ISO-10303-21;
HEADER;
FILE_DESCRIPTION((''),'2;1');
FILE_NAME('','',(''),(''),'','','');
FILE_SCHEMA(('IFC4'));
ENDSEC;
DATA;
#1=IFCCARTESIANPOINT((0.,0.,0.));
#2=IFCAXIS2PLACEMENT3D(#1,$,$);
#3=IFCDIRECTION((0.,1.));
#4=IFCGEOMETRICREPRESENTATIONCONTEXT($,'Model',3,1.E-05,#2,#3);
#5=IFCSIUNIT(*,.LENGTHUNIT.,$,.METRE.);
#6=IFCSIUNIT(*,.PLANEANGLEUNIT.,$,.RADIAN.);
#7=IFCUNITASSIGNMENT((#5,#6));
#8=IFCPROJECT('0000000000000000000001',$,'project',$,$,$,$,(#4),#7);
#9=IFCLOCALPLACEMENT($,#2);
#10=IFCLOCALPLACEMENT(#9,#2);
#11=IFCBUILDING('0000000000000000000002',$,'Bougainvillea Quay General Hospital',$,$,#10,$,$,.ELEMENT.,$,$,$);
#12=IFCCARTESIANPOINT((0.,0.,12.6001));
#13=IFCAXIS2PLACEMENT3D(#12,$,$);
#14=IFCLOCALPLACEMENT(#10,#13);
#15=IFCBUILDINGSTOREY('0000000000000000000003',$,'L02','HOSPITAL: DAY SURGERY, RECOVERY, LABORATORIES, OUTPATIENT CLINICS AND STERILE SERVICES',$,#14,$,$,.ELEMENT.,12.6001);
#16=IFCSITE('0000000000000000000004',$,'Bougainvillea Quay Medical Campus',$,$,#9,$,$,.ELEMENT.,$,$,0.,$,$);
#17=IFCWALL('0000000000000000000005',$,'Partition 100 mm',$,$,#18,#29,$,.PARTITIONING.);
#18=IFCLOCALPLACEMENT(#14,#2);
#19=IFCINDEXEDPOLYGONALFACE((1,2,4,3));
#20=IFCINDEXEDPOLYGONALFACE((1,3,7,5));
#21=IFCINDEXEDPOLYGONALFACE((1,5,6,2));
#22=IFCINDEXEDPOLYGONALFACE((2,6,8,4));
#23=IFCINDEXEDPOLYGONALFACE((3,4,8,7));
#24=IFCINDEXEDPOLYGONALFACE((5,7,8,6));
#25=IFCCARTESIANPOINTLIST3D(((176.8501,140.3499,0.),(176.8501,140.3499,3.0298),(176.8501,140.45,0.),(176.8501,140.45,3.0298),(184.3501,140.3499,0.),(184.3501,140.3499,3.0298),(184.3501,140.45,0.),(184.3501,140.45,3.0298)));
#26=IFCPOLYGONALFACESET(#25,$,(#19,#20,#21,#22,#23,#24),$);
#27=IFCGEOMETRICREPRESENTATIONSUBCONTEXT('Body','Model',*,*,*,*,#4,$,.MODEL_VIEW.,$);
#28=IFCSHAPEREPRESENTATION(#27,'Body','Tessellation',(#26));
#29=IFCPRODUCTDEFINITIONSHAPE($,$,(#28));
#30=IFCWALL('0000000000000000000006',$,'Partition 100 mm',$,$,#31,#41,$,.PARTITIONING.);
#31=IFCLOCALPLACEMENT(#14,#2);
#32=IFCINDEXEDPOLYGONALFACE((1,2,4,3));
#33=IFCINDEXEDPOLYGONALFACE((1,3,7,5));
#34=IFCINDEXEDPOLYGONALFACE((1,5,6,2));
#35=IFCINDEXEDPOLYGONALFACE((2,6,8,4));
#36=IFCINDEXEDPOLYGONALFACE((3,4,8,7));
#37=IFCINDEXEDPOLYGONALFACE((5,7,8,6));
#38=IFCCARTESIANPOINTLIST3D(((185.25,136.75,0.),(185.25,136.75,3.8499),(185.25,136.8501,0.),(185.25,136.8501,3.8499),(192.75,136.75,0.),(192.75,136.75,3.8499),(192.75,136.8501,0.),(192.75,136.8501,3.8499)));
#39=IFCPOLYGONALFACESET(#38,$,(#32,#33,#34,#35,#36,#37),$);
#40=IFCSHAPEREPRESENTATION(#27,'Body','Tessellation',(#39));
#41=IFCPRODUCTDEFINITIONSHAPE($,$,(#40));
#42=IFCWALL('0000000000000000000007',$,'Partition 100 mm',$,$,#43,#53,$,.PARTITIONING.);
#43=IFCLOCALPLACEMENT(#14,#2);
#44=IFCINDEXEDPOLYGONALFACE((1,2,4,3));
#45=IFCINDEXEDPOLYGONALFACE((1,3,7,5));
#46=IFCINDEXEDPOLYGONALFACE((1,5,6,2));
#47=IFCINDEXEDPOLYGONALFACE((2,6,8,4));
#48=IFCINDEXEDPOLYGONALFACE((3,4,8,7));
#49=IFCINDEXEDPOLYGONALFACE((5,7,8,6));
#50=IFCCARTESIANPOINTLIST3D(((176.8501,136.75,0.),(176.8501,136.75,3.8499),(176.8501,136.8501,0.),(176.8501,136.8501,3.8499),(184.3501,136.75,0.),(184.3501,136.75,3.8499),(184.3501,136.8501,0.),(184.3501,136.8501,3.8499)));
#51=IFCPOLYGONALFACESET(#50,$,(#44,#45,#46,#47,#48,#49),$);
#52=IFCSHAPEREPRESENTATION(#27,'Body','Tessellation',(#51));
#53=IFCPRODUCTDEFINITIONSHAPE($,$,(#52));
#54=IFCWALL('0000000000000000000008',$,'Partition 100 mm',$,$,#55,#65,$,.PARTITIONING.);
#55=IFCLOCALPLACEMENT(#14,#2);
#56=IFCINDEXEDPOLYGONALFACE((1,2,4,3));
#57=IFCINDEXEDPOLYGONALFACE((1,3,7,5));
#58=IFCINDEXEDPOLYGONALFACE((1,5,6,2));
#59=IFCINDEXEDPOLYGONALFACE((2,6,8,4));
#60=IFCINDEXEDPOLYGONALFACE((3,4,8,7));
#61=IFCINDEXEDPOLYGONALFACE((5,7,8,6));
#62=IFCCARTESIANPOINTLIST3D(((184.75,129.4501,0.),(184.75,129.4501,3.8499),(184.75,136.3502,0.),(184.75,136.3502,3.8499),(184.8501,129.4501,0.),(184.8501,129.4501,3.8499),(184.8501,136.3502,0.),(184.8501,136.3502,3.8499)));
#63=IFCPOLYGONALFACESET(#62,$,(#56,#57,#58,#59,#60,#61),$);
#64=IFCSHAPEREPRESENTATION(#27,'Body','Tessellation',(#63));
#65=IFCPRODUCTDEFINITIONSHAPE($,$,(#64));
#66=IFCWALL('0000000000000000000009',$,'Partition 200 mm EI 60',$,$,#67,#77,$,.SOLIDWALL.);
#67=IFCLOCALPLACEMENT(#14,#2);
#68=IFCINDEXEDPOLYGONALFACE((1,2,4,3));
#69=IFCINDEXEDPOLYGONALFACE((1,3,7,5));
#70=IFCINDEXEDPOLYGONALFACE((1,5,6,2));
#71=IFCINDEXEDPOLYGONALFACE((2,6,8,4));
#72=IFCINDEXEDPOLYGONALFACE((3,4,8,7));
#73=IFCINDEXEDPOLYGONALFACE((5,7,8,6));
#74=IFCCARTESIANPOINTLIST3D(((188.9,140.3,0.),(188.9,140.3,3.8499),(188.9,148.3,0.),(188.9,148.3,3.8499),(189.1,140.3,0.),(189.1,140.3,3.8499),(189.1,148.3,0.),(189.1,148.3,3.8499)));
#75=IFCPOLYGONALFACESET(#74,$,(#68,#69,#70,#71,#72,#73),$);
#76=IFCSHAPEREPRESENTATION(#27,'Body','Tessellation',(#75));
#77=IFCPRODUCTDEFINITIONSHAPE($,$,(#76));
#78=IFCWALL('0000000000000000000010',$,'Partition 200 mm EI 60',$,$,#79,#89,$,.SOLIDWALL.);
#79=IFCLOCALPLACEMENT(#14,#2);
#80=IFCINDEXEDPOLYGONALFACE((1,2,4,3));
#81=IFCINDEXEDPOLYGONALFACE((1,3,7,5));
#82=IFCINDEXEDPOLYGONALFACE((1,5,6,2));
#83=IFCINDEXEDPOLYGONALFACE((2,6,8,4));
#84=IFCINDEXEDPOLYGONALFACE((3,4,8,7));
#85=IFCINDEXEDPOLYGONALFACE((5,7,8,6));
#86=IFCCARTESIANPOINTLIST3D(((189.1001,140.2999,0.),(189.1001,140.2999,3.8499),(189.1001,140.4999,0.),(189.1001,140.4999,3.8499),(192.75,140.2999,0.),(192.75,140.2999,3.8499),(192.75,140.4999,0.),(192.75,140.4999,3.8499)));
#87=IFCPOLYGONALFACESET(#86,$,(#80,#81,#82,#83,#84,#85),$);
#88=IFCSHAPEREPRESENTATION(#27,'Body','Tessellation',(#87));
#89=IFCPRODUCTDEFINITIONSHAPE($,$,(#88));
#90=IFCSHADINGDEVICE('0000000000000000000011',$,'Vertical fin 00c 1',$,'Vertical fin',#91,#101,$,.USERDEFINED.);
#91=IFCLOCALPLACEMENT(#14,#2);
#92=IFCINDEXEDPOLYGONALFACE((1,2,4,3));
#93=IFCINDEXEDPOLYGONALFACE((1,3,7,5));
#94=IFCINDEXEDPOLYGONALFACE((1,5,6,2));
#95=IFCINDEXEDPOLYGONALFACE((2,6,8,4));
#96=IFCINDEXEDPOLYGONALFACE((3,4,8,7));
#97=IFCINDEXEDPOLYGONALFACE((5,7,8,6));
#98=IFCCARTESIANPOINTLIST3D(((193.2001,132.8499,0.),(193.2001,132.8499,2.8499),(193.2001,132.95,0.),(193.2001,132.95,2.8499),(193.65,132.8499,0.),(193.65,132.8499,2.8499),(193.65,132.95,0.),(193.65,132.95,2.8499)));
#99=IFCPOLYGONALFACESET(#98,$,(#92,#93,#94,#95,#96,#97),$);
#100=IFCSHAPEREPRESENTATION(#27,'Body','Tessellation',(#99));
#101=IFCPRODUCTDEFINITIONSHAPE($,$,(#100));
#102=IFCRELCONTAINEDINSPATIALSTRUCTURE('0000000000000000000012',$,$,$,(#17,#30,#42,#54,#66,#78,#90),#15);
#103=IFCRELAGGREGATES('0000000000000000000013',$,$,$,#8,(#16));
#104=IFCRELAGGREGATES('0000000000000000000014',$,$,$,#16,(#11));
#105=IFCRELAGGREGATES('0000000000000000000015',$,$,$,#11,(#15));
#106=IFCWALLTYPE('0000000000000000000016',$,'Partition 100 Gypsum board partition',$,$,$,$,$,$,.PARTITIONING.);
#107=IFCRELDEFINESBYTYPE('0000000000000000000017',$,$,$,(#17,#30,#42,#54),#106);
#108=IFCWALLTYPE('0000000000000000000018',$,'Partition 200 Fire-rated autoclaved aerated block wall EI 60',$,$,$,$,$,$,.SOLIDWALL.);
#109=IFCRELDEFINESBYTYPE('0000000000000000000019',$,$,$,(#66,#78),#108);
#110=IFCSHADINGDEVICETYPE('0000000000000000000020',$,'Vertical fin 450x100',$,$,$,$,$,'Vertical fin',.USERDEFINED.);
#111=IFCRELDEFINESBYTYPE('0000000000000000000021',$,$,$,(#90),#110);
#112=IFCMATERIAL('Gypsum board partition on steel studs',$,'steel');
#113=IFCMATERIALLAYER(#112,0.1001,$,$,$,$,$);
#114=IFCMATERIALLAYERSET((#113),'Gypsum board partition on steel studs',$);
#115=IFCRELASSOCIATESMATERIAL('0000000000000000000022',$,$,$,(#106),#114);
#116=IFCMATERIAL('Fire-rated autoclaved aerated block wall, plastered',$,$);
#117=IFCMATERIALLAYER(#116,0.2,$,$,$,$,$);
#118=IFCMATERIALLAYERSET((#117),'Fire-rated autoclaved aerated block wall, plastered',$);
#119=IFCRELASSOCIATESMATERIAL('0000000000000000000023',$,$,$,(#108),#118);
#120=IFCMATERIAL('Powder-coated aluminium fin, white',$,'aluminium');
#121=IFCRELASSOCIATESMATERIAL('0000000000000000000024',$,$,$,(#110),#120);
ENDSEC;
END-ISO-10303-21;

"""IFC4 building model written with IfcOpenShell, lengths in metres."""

from ifc_helpers import new_model, si_unit, direction, frame, frame_2d, origin, origin_2d, place, context, subcontext, project, spatial, rectangle, extrude, material, layer, layer_set, material_profile, profile_set, type_object, element, save


model = new_model("IFC4")

# Units and contexts
model_context = context("Model", 3, precision=1e-05, world=origin(), true_north=direction((0.0, 1.0)))
body_context = subcontext(model_context, "Body", "Model", "MODEL_VIEW")
ifc_project = project(units=[si_unit("LENGTHUNIT", "METRE"), si_unit("PLANEANGLEUNIT", "RADIAN")], contexts=[model_context])

# Site, building, storey
site_placement = place(None, origin())
site = spatial("IfcSite", under=ifc_project, at=site_placement, Name="Bougainvillea Quay Medical Campus", CompositionType="ELEMENT", RefElevation=0.0)
building_placement = place(site_placement, origin())
building = spatial("IfcBuilding", under=site, at=building_placement, Name="Bougainvillea Quay General Hospital", CompositionType="ELEMENT")
storey_placement = place(building_placement, frame((0.0, 0.0, 12.6001)))
storey = spatial("IfcBuildingStorey", under=building, at=storey_placement, Name="L02", Description="HOSPITAL: DAY SURGERY, RECOVERY, LABORATORIES, OUTPATIENT CLINICS AND STERILE SERVICES", CompositionType="ELEMENT", Elevation=12.6001)

# Walls
ifc_material_1 = material(Name="Gypsum board partition on steel studs", Category="steel")
ifc_layer_1 = layer(ifc_material_1, 0.1001)
ifc_layer_set_1 = layer_set([ifc_layer_1], Name="Gypsum board partition on steel studs")
wall_type_1 = type_object("IfcWallType", Name="Partition 100 Gypsum board partition", PredefinedType="PARTITIONING", material=ifc_layer_set_1)
wall_1_placement = place(storey_placement, frame((184.3501, 140.3999, 0.0), z_axis=(0.0, 0.0, 1.0), x_axis=(-1.0, 0.0, 0.0)))
element("IfcWall", 1, at=wall_1_placement, inside=storey, type_object=wall_type_1, Name="Partition 100 mm", PredefinedType="PARTITIONING", context=body_context, shape_type="SweptSolid", body=[
    extrude(rectangle(XDim=7.5, YDim=0.1001, at=frame_2d((3.75, 0.0))), origin(), (0.0, 0.0, 1.0), 3.0298),
])
for number, where, z_axis, x_axis, name in (
    (2, (192.75, 136.8, 0.0), (0.0, 0.0, 1.0), (-1.0, 0.0, 0.0), "Partition 100 mm"),
    (3, (184.3501, 136.8, 0.0), (0.0, 0.0, 1.0), (-1.0, 0.0, 0.0), "Partition 100 mm"),
):
    element("IfcWall", number, at=place(storey_placement, frame(where, z_axis=z_axis, x_axis=x_axis)), inside=storey, type_object=wall_type_1, Name=name, PredefinedType="PARTITIONING", context=body_context, shape_type="SweptSolid", body=[
        extrude(rectangle(XDim=7.5, YDim=0.1001, at=frame_2d((3.75, 0.0))), origin(), (0.0, 0.0, 1.0), 3.8499),
    ])
wall_2_placement = place(storey_placement, frame((184.8, 129.45, 0.0), z_axis=(0.0, 0.0, 1.0), x_axis=(0.0, 1.0, 0.0)))
element("IfcWall", 4, at=wall_2_placement, inside=storey, type_object=wall_type_1, Name="Partition 100 mm", PredefinedType="PARTITIONING", context=body_context, shape_type="SweptSolid", body=[
    extrude(rectangle(XDim=6.9001, YDim=0.1001, at=frame_2d((3.4502, 0.0))), origin(), (0.0, 0.0, 1.0), 3.8499),
])
ifc_material_2 = material(Name="Fire-rated autoclaved aerated block wall, plastered")
ifc_layer_2 = layer(ifc_material_2, 0.2)
ifc_layer_set_2 = layer_set([ifc_layer_2], Name="Fire-rated autoclaved aerated block wall, plastered")
wall_type_2 = type_object("IfcWallType", Name="Partition 200 Fire-rated autoclaved aerated block wall EI 60", PredefinedType="SOLIDWALL", material=ifc_layer_set_2)
wall_3_placement = place(storey_placement, frame((189.0, 140.3, 0.0), z_axis=(0.0, 0.0, 1.0), x_axis=(0.0, 1.0, 0.0)))
element("IfcWall", 5, at=wall_3_placement, inside=storey, type_object=wall_type_2, Name="Partition 200 mm EI 60", PredefinedType="SOLIDWALL", context=body_context, shape_type="SweptSolid", body=[
    extrude(rectangle(XDim=8.0, YDim=0.2, at=frame_2d((4.0, 0.0))), origin(), (0.0, 0.0, 1.0), 3.8499),
])
wall_4_placement = place(storey_placement, frame((189.1001, 140.3999, 0.0), z_axis=(0.0, 0.0, 1.0), x_axis=(1.0, 0.0, 0.0)))
element("IfcWall", 6, at=wall_4_placement, inside=storey, type_object=wall_type_2, Name="Partition 200 mm EI 60", PredefinedType="SOLIDWALL", context=body_context, shape_type="SweptSolid", body=[
    extrude(rectangle(XDim=3.6499, YDim=0.2, at=frame_2d((1.825, 0.0))), origin(), (0.0, 0.0, 1.0), 3.8499),
])

# Shading device
ifc_material_3 = material(Name="Powder-coated aluminium fin, white", Category="aluminium")
ifc_material_profile_1 = material_profile(ifc_material_3, rectangle(XDim=0.45, YDim=0.1001, at=origin_2d()))
ifc_profile_set_1 = profile_set([ifc_material_profile_1], Name="Powder-coated aluminium fin, white")
shading_device_type = type_object("IfcShadingDeviceType", Name="Vertical fin 450x100", ElementType="Vertical fin", PredefinedType="USERDEFINED", material=ifc_profile_set_1)
shading_device_placement = place(storey_placement, frame((193.425, 132.8999, 0.0), z_axis=(0.0, 0.0, 1.0), x_axis=(1.0, 0.0, 0.0)))
element("IfcShadingDevice", 7, at=shading_device_placement, inside=storey, type_object=shading_device_type, Name="Vertical fin 00c 1", ObjectType="Vertical fin", PredefinedType="USERDEFINED", context=body_context, shape_type="SweptSolid", body=[
    extrude(rectangle(XDim=0.45, YDim=0.1001, at=origin_2d()), origin(), (0.0, 0.0, 1.0), 2.8499),
])

save(model, "model.ifc")
